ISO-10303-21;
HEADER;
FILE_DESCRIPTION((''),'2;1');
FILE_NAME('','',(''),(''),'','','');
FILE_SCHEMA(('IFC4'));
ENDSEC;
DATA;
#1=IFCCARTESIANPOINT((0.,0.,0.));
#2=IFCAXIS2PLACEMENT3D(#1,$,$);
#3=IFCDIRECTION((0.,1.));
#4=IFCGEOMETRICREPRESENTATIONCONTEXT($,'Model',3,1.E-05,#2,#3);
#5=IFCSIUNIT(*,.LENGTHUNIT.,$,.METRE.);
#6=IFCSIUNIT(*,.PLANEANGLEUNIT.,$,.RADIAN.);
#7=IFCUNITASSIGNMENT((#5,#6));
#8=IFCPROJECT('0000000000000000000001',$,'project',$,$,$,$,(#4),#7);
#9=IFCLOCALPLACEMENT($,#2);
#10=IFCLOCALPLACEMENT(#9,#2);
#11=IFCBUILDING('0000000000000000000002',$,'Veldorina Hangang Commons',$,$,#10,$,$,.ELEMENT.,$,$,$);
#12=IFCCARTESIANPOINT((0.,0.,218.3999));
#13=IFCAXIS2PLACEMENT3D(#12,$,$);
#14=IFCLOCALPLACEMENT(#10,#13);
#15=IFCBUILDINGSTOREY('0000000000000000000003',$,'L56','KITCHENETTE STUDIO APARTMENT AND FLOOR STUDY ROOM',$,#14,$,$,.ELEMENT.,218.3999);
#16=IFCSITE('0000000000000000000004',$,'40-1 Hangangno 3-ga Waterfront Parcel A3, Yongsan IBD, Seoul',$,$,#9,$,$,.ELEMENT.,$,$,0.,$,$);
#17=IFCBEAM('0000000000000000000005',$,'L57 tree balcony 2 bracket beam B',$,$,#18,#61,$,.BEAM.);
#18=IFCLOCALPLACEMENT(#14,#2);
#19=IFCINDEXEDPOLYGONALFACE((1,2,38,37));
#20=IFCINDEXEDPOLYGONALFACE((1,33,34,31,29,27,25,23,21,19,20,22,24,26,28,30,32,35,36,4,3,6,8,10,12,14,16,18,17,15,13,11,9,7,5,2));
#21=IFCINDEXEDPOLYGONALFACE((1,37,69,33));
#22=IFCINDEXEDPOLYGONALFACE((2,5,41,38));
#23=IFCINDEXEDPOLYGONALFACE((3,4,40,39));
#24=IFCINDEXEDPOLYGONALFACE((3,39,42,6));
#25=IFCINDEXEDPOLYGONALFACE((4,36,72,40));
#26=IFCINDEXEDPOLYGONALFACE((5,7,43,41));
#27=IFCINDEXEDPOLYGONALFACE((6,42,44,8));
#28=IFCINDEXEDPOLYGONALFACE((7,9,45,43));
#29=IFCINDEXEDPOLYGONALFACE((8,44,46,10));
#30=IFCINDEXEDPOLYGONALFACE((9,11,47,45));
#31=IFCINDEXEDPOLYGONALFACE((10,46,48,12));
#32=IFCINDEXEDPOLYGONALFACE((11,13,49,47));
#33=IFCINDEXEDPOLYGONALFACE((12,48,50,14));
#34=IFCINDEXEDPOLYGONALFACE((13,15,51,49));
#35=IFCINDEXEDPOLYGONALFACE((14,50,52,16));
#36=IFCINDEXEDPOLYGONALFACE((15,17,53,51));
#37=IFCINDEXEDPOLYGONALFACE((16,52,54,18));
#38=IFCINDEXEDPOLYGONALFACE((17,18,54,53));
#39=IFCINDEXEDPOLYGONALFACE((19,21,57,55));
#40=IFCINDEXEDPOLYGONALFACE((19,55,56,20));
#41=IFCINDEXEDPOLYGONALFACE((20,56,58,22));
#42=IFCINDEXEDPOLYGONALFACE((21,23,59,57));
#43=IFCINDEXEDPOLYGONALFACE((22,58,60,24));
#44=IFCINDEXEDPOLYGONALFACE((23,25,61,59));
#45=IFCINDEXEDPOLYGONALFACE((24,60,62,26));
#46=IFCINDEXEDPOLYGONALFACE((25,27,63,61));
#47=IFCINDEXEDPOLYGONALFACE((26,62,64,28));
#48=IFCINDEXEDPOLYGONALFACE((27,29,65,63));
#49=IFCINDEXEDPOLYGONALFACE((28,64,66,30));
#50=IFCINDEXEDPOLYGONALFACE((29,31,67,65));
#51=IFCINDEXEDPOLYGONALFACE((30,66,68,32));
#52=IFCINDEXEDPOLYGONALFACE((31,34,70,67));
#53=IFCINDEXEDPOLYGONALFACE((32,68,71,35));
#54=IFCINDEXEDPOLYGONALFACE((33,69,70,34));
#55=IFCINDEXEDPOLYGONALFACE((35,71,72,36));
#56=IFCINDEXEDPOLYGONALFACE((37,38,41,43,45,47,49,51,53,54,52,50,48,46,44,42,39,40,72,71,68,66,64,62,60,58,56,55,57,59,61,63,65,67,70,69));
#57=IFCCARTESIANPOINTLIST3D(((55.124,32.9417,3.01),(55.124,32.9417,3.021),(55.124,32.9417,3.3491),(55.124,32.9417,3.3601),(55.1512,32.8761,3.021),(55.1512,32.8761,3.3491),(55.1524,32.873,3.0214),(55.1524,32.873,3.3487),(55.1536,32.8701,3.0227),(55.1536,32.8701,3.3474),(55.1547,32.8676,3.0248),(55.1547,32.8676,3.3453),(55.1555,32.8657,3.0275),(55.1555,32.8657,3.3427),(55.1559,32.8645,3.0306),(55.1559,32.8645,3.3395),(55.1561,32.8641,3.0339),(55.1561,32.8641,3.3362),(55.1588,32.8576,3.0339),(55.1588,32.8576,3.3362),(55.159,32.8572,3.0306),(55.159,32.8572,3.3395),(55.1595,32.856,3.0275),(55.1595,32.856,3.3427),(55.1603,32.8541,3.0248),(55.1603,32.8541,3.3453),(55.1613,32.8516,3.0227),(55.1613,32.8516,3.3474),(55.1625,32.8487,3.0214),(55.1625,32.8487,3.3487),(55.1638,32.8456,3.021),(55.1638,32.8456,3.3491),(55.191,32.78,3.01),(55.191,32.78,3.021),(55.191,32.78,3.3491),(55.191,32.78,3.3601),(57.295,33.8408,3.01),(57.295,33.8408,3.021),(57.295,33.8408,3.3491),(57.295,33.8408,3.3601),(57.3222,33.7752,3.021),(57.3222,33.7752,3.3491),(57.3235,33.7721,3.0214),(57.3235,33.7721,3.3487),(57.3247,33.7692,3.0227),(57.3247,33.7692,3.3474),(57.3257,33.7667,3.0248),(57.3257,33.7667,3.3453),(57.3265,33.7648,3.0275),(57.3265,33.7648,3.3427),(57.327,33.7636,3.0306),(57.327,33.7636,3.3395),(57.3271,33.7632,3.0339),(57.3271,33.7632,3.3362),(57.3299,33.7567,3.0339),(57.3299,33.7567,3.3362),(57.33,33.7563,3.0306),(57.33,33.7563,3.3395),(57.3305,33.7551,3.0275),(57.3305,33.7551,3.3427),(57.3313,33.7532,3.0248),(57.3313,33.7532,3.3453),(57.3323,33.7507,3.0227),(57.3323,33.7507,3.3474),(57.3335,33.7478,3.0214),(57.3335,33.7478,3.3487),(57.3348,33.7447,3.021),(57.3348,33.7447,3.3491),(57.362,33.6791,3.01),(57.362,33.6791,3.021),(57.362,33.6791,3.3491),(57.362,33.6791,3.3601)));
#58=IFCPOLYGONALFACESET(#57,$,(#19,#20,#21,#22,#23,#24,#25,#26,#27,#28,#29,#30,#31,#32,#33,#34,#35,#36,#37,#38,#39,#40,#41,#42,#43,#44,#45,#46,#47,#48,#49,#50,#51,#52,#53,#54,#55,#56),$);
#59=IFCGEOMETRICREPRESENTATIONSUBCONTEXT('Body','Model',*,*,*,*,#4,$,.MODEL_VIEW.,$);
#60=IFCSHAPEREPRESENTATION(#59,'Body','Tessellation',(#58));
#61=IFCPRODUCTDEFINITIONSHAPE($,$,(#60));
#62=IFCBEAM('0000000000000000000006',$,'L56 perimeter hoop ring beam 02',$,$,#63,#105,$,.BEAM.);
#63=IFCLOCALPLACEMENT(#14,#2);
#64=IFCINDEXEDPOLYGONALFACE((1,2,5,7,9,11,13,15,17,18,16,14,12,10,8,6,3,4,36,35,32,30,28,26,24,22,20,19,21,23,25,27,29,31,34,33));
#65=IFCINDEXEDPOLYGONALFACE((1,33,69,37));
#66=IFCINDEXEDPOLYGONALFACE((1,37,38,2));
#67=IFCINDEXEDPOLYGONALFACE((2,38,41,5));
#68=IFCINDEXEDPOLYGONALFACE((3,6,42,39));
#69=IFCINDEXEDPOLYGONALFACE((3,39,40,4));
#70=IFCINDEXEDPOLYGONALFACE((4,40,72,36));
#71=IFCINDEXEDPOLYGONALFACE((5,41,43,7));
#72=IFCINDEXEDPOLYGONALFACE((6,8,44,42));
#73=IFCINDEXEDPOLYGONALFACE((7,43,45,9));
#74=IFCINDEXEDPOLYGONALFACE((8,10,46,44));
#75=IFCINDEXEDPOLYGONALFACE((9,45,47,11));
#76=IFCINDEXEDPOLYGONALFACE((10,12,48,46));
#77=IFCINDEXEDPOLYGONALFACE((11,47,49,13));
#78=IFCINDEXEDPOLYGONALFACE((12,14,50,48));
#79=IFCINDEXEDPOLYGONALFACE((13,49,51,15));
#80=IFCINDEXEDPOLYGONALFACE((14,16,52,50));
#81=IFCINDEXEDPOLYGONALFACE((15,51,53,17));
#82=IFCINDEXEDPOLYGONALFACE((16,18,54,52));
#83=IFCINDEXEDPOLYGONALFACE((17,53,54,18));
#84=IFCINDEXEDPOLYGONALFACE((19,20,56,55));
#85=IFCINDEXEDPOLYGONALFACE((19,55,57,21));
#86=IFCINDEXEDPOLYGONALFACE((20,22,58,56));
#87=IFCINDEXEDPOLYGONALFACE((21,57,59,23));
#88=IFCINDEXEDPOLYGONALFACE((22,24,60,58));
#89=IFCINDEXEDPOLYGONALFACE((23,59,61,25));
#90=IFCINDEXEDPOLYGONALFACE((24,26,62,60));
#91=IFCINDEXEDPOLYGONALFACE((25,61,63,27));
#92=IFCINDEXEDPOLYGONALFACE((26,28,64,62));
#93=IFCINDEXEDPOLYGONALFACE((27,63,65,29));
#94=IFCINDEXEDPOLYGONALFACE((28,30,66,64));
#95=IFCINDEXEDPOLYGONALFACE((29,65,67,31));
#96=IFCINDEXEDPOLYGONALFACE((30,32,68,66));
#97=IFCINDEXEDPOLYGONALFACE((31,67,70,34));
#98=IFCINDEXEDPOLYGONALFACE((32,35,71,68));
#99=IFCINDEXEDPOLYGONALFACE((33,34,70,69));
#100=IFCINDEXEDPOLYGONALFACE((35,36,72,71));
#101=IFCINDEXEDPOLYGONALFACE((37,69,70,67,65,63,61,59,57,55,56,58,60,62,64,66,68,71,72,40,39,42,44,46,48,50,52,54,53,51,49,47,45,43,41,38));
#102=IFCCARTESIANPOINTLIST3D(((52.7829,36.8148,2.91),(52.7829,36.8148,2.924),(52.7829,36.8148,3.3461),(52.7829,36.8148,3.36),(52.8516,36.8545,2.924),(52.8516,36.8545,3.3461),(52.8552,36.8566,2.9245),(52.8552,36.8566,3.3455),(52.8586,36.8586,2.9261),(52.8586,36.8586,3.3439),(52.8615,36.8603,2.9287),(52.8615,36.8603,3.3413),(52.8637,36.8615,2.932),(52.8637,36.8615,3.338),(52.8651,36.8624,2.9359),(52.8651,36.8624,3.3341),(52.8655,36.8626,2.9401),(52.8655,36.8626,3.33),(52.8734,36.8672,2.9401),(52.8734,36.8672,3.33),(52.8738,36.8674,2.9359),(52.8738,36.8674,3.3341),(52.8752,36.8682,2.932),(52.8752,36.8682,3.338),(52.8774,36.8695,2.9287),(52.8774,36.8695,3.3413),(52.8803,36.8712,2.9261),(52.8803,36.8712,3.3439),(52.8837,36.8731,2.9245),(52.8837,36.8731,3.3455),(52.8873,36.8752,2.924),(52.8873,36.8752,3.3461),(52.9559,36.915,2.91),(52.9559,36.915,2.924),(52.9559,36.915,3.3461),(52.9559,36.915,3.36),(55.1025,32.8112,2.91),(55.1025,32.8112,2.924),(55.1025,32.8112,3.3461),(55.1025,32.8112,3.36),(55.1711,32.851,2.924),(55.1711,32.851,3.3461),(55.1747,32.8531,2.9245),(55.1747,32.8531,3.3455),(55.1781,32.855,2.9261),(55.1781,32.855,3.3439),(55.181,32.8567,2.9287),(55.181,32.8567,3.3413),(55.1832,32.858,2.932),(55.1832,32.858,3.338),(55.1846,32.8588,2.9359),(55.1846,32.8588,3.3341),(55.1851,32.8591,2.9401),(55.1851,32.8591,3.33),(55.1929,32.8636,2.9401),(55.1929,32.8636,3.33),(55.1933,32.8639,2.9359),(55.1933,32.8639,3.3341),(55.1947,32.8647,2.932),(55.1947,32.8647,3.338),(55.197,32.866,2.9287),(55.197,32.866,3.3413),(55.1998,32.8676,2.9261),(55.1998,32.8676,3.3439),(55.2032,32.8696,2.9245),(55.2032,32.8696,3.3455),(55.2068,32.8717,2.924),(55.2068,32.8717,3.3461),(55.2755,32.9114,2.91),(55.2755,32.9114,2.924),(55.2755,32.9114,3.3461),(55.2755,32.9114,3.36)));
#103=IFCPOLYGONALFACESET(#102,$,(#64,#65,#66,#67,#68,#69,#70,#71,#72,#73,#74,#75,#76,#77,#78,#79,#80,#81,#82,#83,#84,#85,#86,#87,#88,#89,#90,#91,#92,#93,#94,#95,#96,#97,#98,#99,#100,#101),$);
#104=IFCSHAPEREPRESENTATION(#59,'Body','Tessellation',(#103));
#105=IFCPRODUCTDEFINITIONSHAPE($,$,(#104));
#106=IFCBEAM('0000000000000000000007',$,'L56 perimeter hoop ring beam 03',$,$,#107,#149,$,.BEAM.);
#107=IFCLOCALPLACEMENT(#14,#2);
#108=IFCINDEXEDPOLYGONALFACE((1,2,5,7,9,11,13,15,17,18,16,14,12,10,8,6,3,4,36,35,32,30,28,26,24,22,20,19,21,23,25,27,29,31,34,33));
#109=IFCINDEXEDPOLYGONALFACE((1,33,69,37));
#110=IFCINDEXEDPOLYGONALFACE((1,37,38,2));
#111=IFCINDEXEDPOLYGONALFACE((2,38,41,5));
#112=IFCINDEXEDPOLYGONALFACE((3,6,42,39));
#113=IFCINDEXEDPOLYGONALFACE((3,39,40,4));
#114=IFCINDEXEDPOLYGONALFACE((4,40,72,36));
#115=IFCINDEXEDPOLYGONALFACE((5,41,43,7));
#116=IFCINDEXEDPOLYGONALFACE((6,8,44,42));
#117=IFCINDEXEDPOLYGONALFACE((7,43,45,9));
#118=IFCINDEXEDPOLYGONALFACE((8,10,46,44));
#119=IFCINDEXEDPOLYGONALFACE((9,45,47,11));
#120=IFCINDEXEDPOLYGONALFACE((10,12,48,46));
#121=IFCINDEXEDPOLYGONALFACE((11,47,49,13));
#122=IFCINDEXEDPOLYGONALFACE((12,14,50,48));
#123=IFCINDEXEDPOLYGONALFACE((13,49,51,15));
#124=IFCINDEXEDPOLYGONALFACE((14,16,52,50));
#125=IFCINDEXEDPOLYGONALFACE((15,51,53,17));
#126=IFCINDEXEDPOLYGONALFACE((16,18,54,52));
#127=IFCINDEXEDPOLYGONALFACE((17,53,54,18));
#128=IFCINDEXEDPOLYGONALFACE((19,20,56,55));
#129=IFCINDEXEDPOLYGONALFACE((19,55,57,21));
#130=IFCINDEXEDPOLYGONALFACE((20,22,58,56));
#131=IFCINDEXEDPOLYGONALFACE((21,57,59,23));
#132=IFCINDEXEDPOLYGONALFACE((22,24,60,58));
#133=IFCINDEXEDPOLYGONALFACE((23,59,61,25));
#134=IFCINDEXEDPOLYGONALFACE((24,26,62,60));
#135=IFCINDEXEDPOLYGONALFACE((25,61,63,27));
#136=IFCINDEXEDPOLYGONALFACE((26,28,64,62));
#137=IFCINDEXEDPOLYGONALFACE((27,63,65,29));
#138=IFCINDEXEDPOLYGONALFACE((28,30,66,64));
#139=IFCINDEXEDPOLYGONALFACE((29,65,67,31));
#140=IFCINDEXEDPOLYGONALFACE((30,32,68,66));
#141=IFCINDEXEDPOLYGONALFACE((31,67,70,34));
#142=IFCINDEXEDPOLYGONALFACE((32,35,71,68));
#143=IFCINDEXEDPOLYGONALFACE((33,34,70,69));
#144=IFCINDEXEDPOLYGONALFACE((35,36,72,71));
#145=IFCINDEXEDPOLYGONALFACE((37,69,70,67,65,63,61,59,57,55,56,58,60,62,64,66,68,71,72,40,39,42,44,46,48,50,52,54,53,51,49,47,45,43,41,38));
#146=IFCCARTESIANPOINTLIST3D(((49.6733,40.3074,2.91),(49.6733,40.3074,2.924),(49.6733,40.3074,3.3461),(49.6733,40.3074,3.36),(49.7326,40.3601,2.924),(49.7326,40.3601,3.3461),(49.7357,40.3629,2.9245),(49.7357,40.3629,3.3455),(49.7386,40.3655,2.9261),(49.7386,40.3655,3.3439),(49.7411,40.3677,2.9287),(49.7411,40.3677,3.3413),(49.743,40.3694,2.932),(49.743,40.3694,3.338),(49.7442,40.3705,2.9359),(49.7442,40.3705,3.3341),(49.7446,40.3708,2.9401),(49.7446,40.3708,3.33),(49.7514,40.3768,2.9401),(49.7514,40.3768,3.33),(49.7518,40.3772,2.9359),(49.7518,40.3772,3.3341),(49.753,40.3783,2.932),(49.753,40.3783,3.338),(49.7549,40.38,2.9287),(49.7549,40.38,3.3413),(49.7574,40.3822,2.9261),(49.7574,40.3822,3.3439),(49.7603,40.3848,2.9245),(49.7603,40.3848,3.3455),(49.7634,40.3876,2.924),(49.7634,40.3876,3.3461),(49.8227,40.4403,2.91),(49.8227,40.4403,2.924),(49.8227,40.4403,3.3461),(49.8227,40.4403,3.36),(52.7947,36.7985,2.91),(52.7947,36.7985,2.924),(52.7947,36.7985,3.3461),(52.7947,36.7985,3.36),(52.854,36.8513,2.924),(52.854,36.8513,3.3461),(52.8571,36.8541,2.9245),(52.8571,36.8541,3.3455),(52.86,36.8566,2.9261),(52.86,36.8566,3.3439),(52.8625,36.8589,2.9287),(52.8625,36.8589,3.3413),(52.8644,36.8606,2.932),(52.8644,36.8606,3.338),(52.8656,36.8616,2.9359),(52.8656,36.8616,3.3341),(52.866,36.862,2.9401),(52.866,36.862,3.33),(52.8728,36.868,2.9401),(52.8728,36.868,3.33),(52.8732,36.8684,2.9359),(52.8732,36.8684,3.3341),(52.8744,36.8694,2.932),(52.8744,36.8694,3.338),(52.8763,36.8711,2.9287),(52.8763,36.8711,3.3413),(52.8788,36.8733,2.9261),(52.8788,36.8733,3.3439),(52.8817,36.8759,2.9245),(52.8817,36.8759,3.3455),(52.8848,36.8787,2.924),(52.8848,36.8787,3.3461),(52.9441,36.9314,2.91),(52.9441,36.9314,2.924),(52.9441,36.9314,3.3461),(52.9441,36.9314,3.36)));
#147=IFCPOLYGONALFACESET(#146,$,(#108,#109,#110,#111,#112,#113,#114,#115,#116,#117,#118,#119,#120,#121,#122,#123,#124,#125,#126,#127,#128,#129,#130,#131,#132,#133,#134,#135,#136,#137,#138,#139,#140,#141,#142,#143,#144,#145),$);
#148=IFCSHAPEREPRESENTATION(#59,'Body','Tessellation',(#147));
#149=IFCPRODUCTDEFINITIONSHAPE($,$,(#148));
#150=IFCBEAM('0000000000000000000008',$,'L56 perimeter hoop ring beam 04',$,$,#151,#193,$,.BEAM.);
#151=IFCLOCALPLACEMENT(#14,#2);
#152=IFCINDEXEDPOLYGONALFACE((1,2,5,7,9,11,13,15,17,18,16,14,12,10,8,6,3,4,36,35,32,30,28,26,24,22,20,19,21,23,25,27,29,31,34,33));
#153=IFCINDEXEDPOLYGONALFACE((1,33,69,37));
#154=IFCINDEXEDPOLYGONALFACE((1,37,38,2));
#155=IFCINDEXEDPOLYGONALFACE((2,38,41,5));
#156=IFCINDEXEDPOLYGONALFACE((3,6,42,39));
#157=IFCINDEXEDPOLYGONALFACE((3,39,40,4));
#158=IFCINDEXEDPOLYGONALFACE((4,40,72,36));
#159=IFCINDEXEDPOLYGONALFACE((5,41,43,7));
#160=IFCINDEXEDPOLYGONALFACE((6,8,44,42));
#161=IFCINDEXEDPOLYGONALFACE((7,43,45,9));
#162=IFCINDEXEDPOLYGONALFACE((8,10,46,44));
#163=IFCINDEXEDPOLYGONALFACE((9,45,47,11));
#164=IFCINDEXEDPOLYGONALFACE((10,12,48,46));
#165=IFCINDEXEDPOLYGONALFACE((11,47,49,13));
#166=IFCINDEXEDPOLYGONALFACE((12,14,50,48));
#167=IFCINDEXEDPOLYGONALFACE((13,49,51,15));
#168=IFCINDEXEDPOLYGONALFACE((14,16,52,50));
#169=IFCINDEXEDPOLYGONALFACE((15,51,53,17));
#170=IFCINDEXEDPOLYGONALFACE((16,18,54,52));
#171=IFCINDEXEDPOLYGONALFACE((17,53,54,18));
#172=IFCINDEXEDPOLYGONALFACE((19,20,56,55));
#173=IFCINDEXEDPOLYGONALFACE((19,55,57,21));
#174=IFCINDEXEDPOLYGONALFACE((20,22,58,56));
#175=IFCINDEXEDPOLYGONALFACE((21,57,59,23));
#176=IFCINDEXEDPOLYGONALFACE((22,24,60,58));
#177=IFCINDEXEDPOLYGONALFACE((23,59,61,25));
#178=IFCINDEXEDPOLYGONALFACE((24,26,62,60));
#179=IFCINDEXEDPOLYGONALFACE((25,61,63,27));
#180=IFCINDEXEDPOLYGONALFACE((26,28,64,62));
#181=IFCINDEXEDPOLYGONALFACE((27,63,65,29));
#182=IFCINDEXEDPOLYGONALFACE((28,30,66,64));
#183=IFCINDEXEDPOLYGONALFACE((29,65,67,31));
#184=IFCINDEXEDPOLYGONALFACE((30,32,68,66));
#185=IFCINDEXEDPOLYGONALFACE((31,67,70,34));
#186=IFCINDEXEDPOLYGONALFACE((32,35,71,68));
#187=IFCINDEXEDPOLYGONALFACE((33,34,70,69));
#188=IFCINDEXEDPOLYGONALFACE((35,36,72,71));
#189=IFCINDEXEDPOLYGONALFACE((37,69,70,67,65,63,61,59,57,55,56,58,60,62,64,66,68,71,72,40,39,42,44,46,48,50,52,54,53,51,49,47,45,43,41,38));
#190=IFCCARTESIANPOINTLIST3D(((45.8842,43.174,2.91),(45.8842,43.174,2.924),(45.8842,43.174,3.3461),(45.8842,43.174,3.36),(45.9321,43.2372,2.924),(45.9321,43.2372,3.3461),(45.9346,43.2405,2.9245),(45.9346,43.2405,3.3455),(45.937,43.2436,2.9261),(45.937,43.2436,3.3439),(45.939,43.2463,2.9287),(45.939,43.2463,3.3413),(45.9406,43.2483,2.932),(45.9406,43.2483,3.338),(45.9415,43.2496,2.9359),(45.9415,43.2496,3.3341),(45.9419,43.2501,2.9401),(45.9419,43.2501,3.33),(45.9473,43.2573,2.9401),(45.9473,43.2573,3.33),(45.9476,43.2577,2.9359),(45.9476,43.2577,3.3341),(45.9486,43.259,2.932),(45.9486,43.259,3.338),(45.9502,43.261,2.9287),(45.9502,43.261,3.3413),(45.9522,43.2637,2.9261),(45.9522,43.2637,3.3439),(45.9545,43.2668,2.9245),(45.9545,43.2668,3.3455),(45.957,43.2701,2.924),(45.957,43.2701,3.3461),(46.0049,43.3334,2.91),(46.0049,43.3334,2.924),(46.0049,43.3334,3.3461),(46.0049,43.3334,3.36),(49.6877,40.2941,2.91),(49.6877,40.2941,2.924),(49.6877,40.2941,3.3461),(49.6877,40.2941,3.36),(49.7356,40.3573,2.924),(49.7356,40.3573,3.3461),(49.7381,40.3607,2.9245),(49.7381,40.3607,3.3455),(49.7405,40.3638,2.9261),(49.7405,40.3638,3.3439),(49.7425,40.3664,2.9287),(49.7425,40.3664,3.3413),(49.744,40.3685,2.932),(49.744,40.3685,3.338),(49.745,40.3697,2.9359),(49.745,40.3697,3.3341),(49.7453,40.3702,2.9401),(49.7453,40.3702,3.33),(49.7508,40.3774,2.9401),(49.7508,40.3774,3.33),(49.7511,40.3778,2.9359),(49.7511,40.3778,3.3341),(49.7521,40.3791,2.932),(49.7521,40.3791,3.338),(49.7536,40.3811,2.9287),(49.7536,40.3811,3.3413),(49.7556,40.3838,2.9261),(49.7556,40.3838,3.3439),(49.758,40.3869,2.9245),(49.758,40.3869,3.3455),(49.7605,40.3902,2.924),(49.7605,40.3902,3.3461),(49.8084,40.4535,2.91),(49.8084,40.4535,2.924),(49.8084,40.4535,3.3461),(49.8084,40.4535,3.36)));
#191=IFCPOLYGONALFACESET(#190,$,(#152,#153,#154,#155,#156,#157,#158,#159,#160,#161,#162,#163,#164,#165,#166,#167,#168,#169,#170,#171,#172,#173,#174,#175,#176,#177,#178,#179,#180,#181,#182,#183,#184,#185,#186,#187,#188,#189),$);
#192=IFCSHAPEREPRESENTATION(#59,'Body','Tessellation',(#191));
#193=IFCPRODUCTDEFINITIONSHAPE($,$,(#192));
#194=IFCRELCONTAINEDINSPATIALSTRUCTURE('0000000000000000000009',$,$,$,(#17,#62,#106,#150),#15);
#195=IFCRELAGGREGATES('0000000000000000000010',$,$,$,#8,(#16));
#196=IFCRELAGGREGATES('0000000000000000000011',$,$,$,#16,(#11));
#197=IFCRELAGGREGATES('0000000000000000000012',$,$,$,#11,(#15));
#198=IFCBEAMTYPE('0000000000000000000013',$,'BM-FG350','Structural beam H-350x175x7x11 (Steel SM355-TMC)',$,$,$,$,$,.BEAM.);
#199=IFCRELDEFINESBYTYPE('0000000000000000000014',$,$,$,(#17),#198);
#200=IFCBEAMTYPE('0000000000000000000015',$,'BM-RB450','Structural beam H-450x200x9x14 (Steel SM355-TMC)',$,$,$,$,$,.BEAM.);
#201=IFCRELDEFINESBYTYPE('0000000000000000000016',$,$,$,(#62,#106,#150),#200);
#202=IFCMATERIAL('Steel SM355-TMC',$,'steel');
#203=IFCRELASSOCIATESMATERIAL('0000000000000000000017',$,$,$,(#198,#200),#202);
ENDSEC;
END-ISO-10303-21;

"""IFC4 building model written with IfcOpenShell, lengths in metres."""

from ifc_helpers import new_model, si_unit, direction, frame, origin, origin_2d, place, context, subcontext, project, spatial, i_section, extrude, material, material_profile, profile_set, type_object, element, save


model = new_model("IFC4")

# Units and contexts
model_context = context("Model", 3, precision=1e-05, world=origin(), true_north=direction((0.0, 1.0)))
body_context = subcontext(model_context, "Body", "Model", "MODEL_VIEW")
ifc_project = project(units=[si_unit("LENGTHUNIT", "METRE"), si_unit("PLANEANGLEUNIT", "RADIAN")], contexts=[model_context])

# Site, building, storey
site_placement = place(None, origin())
site = spatial("IfcSite", under=ifc_project, at=site_placement, Name="40-1 Hangangno 3-ga Waterfront Parcel A3, Yongsan IBD, Seoul", CompositionType="ELEMENT", RefElevation=0.0)
building_placement = place(site_placement, origin())
building = spatial("IfcBuilding", under=site, at=building_placement, Name="Veldorina Hangang Commons", CompositionType="ELEMENT")
storey_placement = place(building_placement, frame((0.0, 0.0, 218.3999)))
storey = spatial("IfcBuildingStorey", under=building, at=storey_placement, Name="L56", Description="KITCHENETTE STUDIO APARTMENT AND FLOOR STUDY ROOM", CompositionType="ELEMENT", Elevation=218.3999)

# Beams
ifc_material_1 = material(Name="Steel SM355-TMC", Category="steel")
ifc_material_profile_1 = material_profile(ifc_material_1, i_section(OverallWidth=0.175, OverallDepth=0.3501, WebThickness=0.0071, FlangeThickness=0.011, FilletRadius=0.0129, at=origin_2d()), Name="H-350x175x7x11")
ifc_profile_set_1 = profile_set([ifc_material_profile_1], Name="Steel SM355-TMC")
beam_type_1 = type_object("IfcBeamType", Name="BM-FG350", Description="Structural beam H-350x175x7x11 (Steel SM355-TMC)", PredefinedType="BEAM", material=ifc_profile_set_1)
beam_1_placement = place(storey_placement, frame((55.1575, 32.8608, 3.1851), z_axis=(0.923902, 0.38263, 0.0), x_axis=(-0.38263, 0.923902, 0.0)))
element("IfcBeam", 1, at=beam_1_placement, inside=storey, type_object=beam_type_1, Name="L57 tree balcony 2 bracket beam B", PredefinedType="BEAM", context=body_context, shape_type="SweptSolid", body=[
    extrude(i_section(OverallWidth=0.175, OverallDepth=0.3501, WebThickness=0.0071, FlangeThickness=0.011, FilletRadius=0.0129, at=origin_2d()), origin(), (0.0, 0.0, 1.0), 2.3499),
])
ifc_material_profile_2 = material_profile(ifc_material_1, i_section(OverallWidth=0.2, OverallDepth=0.45, WebThickness=0.009, FlangeThickness=0.0139, FilletRadius=0.0161, at=origin_2d()), Name="H-450x200x9x14")
ifc_profile_set_2 = profile_set([ifc_material_profile_2], Name="Steel SM355-TMC")
beam_type_2 = type_object("IfcBeamType", Name="BM-RB450", Description="Structural beam H-450x200x9x14 (Steel SM355-TMC)", PredefinedType="BEAM", material=ifc_profile_set_2)
beam_2_placement = place(storey_placement, frame((55.189, 32.8613, 3.135), z_axis=(-0.501307, 0.86527, 0.0), x_axis=(-0.86527, -0.501307, 0.0)))
element("IfcBeam", 2, at=beam_2_placement, inside=storey, type_object=beam_type_2, Name="L56 perimeter hoop ring beam 02", PredefinedType="BEAM", context=body_context, shape_type="SweptSolid", body=[
    extrude(i_section(OverallWidth=0.2, OverallDepth=0.45, WebThickness=0.009, FlangeThickness=0.0139, FilletRadius=0.0161, at=origin_2d()), origin(), (0.0, 0.0, 1.0), 4.627),
])
beam_3_placement = place(storey_placement, frame((52.8694, 36.865, 3.135), z_axis=(-0.664651, 0.747154, 0.0), x_axis=(-0.747154, -0.664651, 0.0)))
element("IfcBeam", 3, at=beam_3_placement, inside=storey, type_object=beam_type_2, Name="L56 perimeter hoop ring beam 03", PredefinedType="BEAM", context=body_context, shape_type="SweptSolid", body=[
    extrude(i_section(OverallWidth=0.2, OverallDepth=0.45, WebThickness=0.009, FlangeThickness=0.0139, FilletRadius=0.0161, at=origin_2d()), origin(), (0.0, 0.0, 1.0), 4.6963),
])
beam_4_placement = place(storey_placement, frame((49.748, 40.3738, 3.135), z_axis=(-0.797247, 0.603654, 0.0), x_axis=(-0.603654, -0.797247, 0.0)))
element("IfcBeam", 4, at=beam_4_placement, inside=storey, type_object=beam_type_2, Name="L56 perimeter hoop ring beam 04", PredefinedType="BEAM", context=body_context, shape_type="SweptSolid", body=[
    extrude(i_section(OverallWidth=0.2, OverallDepth=0.45, WebThickness=0.009, FlangeThickness=0.0139, FilletRadius=0.0161, at=origin_2d()), origin(), (0.0, 0.0, 1.0), 4.7708),
])

save(model, "model.ifc")
